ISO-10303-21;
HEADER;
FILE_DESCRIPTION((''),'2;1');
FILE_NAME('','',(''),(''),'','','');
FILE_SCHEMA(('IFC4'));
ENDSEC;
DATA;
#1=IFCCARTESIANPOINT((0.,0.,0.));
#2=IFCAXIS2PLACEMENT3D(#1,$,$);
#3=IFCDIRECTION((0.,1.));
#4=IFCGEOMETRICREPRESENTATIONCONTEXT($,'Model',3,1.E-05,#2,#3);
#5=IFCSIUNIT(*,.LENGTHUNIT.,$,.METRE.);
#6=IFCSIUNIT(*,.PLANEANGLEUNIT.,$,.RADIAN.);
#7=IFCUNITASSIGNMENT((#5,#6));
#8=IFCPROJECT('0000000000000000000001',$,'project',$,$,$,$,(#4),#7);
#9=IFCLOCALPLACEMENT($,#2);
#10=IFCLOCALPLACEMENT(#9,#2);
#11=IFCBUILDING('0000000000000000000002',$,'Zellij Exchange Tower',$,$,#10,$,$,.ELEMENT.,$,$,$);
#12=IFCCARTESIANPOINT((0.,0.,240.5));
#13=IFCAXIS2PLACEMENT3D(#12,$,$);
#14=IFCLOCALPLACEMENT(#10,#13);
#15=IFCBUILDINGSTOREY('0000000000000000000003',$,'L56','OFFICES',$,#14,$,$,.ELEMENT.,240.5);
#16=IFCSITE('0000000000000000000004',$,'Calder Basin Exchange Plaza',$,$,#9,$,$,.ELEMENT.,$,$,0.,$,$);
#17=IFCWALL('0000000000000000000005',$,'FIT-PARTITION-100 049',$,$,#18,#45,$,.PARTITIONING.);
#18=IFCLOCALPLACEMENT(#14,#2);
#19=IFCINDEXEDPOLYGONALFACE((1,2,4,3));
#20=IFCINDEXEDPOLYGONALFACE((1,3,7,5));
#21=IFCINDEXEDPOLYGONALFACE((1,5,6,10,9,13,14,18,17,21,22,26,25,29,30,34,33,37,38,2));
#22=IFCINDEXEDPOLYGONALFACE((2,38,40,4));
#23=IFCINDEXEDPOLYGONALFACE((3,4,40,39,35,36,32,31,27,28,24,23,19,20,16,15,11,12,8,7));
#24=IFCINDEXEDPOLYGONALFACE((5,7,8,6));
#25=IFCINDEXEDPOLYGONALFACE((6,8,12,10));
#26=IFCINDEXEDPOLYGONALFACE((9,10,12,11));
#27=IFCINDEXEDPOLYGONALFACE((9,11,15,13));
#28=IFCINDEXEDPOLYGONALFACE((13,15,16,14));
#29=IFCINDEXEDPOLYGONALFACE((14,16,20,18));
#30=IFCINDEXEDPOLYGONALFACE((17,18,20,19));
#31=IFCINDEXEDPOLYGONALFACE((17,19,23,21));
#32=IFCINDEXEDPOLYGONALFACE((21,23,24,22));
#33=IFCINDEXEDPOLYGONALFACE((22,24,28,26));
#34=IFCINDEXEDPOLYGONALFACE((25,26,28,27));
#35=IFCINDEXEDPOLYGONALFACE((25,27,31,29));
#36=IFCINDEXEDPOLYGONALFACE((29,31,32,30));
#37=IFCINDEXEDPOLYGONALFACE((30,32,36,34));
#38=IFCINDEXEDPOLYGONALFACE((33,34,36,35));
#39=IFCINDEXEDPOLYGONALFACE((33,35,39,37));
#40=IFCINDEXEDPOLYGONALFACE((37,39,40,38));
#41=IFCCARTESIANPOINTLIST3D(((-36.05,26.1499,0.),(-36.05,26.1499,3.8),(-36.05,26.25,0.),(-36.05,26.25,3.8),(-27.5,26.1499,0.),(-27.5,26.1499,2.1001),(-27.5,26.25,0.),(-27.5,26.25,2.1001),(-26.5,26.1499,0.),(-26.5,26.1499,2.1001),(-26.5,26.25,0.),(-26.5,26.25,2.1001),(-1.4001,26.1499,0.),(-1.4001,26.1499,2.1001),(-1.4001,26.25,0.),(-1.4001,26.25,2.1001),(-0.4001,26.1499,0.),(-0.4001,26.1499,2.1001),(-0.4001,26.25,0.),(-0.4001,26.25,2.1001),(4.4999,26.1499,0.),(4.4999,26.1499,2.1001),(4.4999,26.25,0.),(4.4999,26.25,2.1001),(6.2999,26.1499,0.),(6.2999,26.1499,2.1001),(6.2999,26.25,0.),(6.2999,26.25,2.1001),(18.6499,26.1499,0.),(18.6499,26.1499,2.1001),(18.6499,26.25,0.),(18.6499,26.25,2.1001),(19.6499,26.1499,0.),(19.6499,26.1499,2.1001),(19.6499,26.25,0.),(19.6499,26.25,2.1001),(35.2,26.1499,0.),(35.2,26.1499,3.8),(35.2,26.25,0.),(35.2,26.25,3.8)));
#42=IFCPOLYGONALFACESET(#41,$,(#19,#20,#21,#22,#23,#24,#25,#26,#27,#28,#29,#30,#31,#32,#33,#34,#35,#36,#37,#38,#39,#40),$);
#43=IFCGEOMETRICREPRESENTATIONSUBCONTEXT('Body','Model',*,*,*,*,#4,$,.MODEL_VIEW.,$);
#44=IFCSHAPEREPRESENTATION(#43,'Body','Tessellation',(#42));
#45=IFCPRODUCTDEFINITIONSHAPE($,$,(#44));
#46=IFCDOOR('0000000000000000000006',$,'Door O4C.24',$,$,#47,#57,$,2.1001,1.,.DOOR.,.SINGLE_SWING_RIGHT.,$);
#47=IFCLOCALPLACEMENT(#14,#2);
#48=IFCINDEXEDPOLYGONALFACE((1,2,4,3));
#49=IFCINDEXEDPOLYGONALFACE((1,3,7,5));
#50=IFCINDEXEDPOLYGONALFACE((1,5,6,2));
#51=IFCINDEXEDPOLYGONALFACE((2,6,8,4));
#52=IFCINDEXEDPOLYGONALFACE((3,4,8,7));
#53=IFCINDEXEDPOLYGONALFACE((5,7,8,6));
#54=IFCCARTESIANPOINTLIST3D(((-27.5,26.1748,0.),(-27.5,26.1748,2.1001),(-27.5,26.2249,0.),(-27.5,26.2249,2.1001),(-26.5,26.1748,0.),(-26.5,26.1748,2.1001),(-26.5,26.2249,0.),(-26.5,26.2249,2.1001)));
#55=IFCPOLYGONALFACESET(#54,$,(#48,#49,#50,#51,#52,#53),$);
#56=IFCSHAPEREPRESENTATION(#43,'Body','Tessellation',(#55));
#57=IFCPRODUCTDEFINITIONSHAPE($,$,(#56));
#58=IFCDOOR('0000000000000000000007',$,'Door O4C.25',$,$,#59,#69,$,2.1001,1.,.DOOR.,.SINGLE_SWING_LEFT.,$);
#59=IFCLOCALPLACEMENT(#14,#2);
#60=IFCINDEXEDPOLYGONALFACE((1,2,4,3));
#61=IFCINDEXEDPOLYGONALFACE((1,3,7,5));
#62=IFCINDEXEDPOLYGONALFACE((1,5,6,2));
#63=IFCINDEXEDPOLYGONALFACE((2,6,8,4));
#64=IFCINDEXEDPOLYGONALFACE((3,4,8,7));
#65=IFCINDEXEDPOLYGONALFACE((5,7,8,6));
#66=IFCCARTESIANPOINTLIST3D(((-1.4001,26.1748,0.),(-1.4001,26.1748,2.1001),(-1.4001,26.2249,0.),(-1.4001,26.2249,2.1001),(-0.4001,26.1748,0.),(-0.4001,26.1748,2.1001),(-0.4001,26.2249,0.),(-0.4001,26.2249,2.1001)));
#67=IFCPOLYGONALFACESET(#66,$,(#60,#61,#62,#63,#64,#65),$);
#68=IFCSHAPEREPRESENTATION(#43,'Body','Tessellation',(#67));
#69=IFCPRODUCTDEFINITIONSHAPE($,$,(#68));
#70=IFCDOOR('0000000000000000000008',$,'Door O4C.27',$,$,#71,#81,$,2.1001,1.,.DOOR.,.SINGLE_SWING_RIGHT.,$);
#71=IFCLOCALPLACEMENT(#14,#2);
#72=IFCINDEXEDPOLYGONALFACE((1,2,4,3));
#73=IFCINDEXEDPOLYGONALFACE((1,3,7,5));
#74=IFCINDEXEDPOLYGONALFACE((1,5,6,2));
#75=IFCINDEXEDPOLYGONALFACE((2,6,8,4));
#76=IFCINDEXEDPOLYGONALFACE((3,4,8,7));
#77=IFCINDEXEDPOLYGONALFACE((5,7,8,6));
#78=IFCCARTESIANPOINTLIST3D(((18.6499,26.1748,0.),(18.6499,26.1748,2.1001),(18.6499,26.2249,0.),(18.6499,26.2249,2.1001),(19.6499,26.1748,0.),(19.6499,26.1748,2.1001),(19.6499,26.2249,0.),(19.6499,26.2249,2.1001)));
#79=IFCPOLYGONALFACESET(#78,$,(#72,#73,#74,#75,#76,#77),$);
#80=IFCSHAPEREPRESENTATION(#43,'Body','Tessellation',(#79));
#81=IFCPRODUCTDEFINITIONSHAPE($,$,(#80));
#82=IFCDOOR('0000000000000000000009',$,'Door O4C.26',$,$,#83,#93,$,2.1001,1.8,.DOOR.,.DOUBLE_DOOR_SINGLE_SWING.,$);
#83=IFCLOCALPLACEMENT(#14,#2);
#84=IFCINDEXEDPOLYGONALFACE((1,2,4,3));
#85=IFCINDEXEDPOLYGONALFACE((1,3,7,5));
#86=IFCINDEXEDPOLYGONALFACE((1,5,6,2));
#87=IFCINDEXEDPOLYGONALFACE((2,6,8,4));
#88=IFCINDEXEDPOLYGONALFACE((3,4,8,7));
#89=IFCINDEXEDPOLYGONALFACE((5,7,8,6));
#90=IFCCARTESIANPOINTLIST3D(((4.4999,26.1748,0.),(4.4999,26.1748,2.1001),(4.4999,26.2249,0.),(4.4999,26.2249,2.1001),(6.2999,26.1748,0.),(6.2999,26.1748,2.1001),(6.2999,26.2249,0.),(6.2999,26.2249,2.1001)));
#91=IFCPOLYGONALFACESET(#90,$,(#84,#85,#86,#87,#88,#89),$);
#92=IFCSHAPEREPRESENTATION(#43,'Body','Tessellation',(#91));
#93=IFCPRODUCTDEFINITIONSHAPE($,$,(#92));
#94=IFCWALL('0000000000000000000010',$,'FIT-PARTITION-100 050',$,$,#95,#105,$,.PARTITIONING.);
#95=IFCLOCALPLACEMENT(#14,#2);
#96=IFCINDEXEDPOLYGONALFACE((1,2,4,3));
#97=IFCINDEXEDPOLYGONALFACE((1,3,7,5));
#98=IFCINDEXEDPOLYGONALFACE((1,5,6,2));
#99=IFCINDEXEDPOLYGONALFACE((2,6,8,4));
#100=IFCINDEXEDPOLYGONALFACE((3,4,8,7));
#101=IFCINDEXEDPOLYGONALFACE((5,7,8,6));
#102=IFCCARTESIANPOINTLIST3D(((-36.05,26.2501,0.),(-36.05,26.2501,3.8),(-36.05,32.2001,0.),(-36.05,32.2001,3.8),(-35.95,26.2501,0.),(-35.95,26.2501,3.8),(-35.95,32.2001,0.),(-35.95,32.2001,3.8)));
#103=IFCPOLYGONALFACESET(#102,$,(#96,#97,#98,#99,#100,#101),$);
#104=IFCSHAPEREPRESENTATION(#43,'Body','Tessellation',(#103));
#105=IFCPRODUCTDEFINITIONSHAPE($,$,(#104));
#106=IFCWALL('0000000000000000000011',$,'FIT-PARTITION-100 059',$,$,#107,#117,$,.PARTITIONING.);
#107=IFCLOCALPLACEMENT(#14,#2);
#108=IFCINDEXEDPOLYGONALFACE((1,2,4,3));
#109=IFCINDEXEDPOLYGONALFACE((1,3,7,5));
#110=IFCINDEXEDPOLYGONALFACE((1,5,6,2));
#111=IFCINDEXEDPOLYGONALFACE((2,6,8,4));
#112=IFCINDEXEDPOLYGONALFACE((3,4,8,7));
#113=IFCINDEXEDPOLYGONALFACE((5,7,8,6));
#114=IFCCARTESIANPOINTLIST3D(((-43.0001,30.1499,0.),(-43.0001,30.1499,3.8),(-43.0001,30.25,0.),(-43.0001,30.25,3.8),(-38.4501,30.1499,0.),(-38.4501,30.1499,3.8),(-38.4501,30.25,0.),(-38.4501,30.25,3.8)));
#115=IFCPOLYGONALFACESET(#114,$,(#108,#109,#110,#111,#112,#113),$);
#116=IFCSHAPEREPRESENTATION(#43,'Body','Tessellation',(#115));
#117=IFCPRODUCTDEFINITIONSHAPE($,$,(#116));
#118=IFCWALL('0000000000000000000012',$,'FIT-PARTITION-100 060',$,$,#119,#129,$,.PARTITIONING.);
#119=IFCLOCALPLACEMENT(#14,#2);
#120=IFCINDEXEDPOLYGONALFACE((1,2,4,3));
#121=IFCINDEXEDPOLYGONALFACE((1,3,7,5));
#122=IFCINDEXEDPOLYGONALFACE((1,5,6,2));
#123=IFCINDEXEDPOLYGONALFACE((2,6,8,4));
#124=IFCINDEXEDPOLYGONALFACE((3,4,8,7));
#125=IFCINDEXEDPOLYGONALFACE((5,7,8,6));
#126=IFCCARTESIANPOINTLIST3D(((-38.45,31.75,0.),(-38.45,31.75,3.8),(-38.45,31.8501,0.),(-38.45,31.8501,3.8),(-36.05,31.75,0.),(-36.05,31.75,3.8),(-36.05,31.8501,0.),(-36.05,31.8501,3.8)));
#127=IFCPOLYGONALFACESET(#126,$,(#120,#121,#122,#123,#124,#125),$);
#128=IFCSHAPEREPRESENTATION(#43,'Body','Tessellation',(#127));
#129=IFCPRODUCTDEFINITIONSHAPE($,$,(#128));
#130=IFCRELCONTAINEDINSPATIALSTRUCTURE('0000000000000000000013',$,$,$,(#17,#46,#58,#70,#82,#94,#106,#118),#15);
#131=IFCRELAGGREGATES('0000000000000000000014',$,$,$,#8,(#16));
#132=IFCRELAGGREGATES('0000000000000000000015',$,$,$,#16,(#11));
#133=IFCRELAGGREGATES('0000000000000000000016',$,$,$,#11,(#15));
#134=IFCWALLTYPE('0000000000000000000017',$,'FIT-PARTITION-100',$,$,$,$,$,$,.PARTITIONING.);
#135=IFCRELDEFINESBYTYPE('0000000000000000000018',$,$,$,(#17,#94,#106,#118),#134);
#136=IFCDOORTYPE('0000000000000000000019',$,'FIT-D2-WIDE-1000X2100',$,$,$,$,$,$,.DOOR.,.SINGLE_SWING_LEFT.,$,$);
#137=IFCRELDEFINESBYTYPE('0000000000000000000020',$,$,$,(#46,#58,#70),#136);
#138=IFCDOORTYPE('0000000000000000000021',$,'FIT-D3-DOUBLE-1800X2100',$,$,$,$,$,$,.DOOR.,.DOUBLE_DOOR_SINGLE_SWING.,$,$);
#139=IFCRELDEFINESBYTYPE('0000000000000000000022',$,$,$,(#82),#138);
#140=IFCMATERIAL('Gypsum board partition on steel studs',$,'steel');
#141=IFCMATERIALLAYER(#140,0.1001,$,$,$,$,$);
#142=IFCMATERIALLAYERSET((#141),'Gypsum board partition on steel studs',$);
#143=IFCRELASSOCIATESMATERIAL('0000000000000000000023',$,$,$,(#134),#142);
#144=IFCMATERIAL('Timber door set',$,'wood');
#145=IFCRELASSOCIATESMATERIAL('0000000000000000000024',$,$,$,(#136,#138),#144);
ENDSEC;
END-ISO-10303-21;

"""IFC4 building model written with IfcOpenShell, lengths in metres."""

from ifc_helpers import new_model, si_unit, direction, frame, frame_2d, origin, place, context, subcontext, project, spatial, rectangle, extrude, material, layer, layer_set, type_object, element, fill, save


model = new_model("IFC4")

# Units and contexts
model_context = context("Model", 3, precision=1e-05, world=origin(), true_north=direction((0.0, 1.0)))
body_context = subcontext(model_context, "Body", "Model", "MODEL_VIEW")
ifc_project = project(units=[si_unit("LENGTHUNIT", "METRE"), si_unit("PLANEANGLEUNIT", "RADIAN")], contexts=[model_context])

# Site, building, storey
site_placement = place(None, origin())
site = spatial("IfcSite", under=ifc_project, at=site_placement, Name="Calder Basin Exchange Plaza", CompositionType="ELEMENT", RefElevation=0.0)
building_placement = place(site_placement, origin())
building = spatial("IfcBuilding", under=site, at=building_placement, Name="Zellij Exchange Tower", CompositionType="ELEMENT")
storey_placement = place(building_placement, frame((0.0, 0.0, 240.5)))
storey = spatial("IfcBuildingStorey", under=building, at=storey_placement, Name="L56", Description="OFFICES", CompositionType="ELEMENT", Elevation=240.5)

# Shared definitions
ifc_material_1 = material(Name="Gypsum board partition on steel studs", Category="steel")
ifc_layer_1 = layer(ifc_material_1, 0.1001)
ifc_layer_set_1 = layer_set([ifc_layer_1], Name="Gypsum board partition on steel studs")
wall_type_1 = type_object("IfcWallType", Name="FIT-PARTITION-100", PredefinedType="PARTITIONING", material=ifc_layer_set_1)
ifc_material_2 = material(Name="Timber door set", Category="wood")
door_type_1 = type_object("IfcDoorType", Name="FIT-D2-WIDE-1000X2100", OperationType="SINGLE_SWING_LEFT", PredefinedType="DOOR", material=ifc_material_2)

# Wall, openings, doors
wall_1_placement = place(storey_placement, frame((-36.05, 26.2, 0.0), z_axis=(0.0, 0.0, 1.0), x_axis=(1.0, 0.0, 0.0)))
wall_1 = element("IfcWall", 1, at=wall_1_placement, inside=storey, type_object=wall_type_1, Name="FIT-PARTITION-100 049", PredefinedType="PARTITIONING", context=body_context, shape_type="SweptSolid", body=[
    extrude(rectangle(XDim=71.25, YDim=0.1001, at=frame_2d((35.625, 0.0))), origin(), (0.0, 0.0, 1.0), 3.8),
])
opening_1_placement = place(wall_1_placement, frame((8.55, 0.0, 0.0)))
opening_1 = element("IfcOpeningElement", 2, at=opening_1_placement, cuts=wall_1, PredefinedType="OPENING", context=body_context, shape_type="SweptSolid", body=[
    extrude(rectangle(XDim=1.0, YDim=2.1001, at=frame_2d((0.5, 1.05))), frame((0.0, 0.062, 0.0), z_axis=(0.0, -1.0, 0.0), x_axis=(1.0, 0.0, 0.0)), (0.0, 0.0, 1.0), 0.124),
])
opening_2_placement = place(wall_1_placement, frame((34.6499, 0.0, 0.0)))
opening_2 = element("IfcOpeningElement", 3, at=opening_2_placement, cuts=wall_1, PredefinedType="OPENING", context=body_context, shape_type="SweptSolid", body=[
    extrude(rectangle(XDim=1.0, YDim=2.1001, at=frame_2d((0.5, 1.05))), frame((0.0, 0.062, 0.0), z_axis=(0.0, -1.0, 0.0), x_axis=(1.0, 0.0, 0.0)), (0.0, 0.0, 1.0), 0.124),
])
opening_3_placement = place(wall_1_placement, frame((40.55, 0.0, 0.0)))
opening_3 = element("IfcOpeningElement", 4, at=opening_3_placement, cuts=wall_1, PredefinedType="OPENING", context=body_context, shape_type="SweptSolid", body=[
    extrude(rectangle(XDim=1.8, YDim=2.1001, at=frame_2d((0.8999, 1.05))), frame((0.0, 0.062, 0.0), z_axis=(0.0, -1.0, 0.0), x_axis=(1.0, 0.0, 0.0)), (0.0, 0.0, 1.0), 0.124),
])
opening_4_placement = place(wall_1_placement, frame((54.7, 0.0, 0.0)))
opening_4 = element("IfcOpeningElement", 5, at=opening_4_placement, cuts=wall_1, PredefinedType="OPENING", context=body_context, shape_type="SweptSolid", body=[
    extrude(rectangle(XDim=1.0, YDim=2.1001, at=frame_2d((0.5, 1.05))), frame((0.0, 0.062, 0.0), z_axis=(0.0, -1.0, 0.0), x_axis=(1.0, 0.0, 0.0)), (0.0, 0.0, 1.0), 0.124),
])
door_1_placement = place(opening_1_placement, origin())
door_1 = element("IfcDoor", 6, at=door_1_placement, inside=storey, type_object=door_type_1, Name="Door O4C.24", OperationType="SINGLE_SWING_RIGHT", OverallHeight=2.1001, OverallWidth=1.0, PredefinedType="DOOR", context=body_context, shape_type="SweptSolid", body=[
    extrude(rectangle(XDim=1.0, YDim=2.1001, at=frame_2d((0.5, 1.05))), frame((0.0, 0.0249, 0.0), z_axis=(0.0, -1.0, 0.0), x_axis=(1.0, 0.0, 0.0)), (0.0, 0.0, 1.0), 0.05),
])
fill(opening_1, door_1)
door_2_placement = place(opening_2_placement, origin())
door_2 = element("IfcDoor", 7, at=door_2_placement, inside=storey, type_object=door_type_1, Name="Door O4C.25", OperationType="SINGLE_SWING_LEFT", OverallHeight=2.1001, OverallWidth=1.0, PredefinedType="DOOR", context=body_context, shape_type="SweptSolid", body=[
    extrude(rectangle(XDim=1.0, YDim=2.1001, at=frame_2d((0.5, 1.05))), frame((0.0, 0.0249, 0.0), z_axis=(0.0, -1.0, 0.0), x_axis=(1.0, 0.0, 0.0)), (0.0, 0.0, 1.0), 0.05),
])
fill(opening_2, door_2)
door_3_placement = place(opening_4_placement, origin())
door_3 = element("IfcDoor", 8, at=door_3_placement, inside=storey, type_object=door_type_1, Name="Door O4C.27", OperationType="SINGLE_SWING_RIGHT", OverallHeight=2.1001, OverallWidth=1.0, PredefinedType="DOOR", context=body_context, shape_type="SweptSolid", body=[
    extrude(rectangle(XDim=1.0, YDim=2.1001, at=frame_2d((0.5, 1.05))), frame((0.0, 0.0249, 0.0), z_axis=(0.0, -1.0, 0.0), x_axis=(1.0, 0.0, 0.0)), (0.0, 0.0, 1.0), 0.05),
])
fill(opening_4, door_3)
door_type_2 = type_object("IfcDoorType", Name="FIT-D3-DOUBLE-1800X2100", OperationType="DOUBLE_DOOR_SINGLE_SWING", PredefinedType="DOOR", material=ifc_material_2)
door_4_placement = place(opening_3_placement, origin())
door_4 = element("IfcDoor", 9, at=door_4_placement, inside=storey, type_object=door_type_2, Name="Door O4C.26", OperationType="DOUBLE_DOOR_SINGLE_SWING", OverallHeight=2.1001, OverallWidth=1.8, PredefinedType="DOOR", context=body_context, shape_type="SweptSolid", body=[
    extrude(rectangle(XDim=1.8, YDim=2.1001, at=frame_2d((0.8999, 1.05))), frame((0.0, 0.0249, 0.0), z_axis=(0.0, -1.0, 0.0), x_axis=(1.0, 0.0, 0.0)), (0.0, 0.0, 1.0), 0.05),
])
fill(opening_3, door_4)

# Walls
wall_2_placement = place(storey_placement, frame((-36.0, 26.25, 0.0), z_axis=(0.0, 0.0, 1.0), x_axis=(0.0, 1.0, 0.0)))
element("IfcWall", 10, at=wall_2_placement, inside=storey, type_object=wall_type_1, Name="FIT-PARTITION-100 050", PredefinedType="PARTITIONING", context=body_context, shape_type="SweptSolid", body=[
    extrude(rectangle(XDim=5.95, YDim=0.1001, at=frame_2d((2.9751, 0.0))), origin(), (0.0, 0.0, 1.0), 3.8),
])
wall_3_placement = place(storey_placement, frame((-43.0, 30.2, 0.0), z_axis=(0.0, 0.0, 1.0), x_axis=(1.0, 0.0, 0.0)))
element("IfcWall", 11, at=wall_3_placement, inside=storey, type_object=wall_type_1, Name="FIT-PARTITION-100 059", PredefinedType="PARTITIONING", context=body_context, shape_type="SweptSolid", body=[
    extrude(rectangle(XDim=4.55, YDim=0.1001, at=frame_2d((2.2749, 0.0))), origin(), (0.0, 0.0, 1.0), 3.8),
])
wall_4_placement = place(storey_placement, frame((-38.45, 31.8, 0.0), z_axis=(0.0, 0.0, 1.0), x_axis=(1.0, 0.0, 0.0)))
element("IfcWall", 12, at=wall_4_placement, inside=storey, type_object=wall_type_1, Name="FIT-PARTITION-100 060", PredefinedType="PARTITIONING", context=body_context, shape_type="SweptSolid", body=[
    extrude(rectangle(XDim=2.3999, YDim=0.1001, at=frame_2d((1.2, 0.0))), origin(), (0.0, 0.0, 1.0), 3.8),
])

save(model, "model.ifc")
